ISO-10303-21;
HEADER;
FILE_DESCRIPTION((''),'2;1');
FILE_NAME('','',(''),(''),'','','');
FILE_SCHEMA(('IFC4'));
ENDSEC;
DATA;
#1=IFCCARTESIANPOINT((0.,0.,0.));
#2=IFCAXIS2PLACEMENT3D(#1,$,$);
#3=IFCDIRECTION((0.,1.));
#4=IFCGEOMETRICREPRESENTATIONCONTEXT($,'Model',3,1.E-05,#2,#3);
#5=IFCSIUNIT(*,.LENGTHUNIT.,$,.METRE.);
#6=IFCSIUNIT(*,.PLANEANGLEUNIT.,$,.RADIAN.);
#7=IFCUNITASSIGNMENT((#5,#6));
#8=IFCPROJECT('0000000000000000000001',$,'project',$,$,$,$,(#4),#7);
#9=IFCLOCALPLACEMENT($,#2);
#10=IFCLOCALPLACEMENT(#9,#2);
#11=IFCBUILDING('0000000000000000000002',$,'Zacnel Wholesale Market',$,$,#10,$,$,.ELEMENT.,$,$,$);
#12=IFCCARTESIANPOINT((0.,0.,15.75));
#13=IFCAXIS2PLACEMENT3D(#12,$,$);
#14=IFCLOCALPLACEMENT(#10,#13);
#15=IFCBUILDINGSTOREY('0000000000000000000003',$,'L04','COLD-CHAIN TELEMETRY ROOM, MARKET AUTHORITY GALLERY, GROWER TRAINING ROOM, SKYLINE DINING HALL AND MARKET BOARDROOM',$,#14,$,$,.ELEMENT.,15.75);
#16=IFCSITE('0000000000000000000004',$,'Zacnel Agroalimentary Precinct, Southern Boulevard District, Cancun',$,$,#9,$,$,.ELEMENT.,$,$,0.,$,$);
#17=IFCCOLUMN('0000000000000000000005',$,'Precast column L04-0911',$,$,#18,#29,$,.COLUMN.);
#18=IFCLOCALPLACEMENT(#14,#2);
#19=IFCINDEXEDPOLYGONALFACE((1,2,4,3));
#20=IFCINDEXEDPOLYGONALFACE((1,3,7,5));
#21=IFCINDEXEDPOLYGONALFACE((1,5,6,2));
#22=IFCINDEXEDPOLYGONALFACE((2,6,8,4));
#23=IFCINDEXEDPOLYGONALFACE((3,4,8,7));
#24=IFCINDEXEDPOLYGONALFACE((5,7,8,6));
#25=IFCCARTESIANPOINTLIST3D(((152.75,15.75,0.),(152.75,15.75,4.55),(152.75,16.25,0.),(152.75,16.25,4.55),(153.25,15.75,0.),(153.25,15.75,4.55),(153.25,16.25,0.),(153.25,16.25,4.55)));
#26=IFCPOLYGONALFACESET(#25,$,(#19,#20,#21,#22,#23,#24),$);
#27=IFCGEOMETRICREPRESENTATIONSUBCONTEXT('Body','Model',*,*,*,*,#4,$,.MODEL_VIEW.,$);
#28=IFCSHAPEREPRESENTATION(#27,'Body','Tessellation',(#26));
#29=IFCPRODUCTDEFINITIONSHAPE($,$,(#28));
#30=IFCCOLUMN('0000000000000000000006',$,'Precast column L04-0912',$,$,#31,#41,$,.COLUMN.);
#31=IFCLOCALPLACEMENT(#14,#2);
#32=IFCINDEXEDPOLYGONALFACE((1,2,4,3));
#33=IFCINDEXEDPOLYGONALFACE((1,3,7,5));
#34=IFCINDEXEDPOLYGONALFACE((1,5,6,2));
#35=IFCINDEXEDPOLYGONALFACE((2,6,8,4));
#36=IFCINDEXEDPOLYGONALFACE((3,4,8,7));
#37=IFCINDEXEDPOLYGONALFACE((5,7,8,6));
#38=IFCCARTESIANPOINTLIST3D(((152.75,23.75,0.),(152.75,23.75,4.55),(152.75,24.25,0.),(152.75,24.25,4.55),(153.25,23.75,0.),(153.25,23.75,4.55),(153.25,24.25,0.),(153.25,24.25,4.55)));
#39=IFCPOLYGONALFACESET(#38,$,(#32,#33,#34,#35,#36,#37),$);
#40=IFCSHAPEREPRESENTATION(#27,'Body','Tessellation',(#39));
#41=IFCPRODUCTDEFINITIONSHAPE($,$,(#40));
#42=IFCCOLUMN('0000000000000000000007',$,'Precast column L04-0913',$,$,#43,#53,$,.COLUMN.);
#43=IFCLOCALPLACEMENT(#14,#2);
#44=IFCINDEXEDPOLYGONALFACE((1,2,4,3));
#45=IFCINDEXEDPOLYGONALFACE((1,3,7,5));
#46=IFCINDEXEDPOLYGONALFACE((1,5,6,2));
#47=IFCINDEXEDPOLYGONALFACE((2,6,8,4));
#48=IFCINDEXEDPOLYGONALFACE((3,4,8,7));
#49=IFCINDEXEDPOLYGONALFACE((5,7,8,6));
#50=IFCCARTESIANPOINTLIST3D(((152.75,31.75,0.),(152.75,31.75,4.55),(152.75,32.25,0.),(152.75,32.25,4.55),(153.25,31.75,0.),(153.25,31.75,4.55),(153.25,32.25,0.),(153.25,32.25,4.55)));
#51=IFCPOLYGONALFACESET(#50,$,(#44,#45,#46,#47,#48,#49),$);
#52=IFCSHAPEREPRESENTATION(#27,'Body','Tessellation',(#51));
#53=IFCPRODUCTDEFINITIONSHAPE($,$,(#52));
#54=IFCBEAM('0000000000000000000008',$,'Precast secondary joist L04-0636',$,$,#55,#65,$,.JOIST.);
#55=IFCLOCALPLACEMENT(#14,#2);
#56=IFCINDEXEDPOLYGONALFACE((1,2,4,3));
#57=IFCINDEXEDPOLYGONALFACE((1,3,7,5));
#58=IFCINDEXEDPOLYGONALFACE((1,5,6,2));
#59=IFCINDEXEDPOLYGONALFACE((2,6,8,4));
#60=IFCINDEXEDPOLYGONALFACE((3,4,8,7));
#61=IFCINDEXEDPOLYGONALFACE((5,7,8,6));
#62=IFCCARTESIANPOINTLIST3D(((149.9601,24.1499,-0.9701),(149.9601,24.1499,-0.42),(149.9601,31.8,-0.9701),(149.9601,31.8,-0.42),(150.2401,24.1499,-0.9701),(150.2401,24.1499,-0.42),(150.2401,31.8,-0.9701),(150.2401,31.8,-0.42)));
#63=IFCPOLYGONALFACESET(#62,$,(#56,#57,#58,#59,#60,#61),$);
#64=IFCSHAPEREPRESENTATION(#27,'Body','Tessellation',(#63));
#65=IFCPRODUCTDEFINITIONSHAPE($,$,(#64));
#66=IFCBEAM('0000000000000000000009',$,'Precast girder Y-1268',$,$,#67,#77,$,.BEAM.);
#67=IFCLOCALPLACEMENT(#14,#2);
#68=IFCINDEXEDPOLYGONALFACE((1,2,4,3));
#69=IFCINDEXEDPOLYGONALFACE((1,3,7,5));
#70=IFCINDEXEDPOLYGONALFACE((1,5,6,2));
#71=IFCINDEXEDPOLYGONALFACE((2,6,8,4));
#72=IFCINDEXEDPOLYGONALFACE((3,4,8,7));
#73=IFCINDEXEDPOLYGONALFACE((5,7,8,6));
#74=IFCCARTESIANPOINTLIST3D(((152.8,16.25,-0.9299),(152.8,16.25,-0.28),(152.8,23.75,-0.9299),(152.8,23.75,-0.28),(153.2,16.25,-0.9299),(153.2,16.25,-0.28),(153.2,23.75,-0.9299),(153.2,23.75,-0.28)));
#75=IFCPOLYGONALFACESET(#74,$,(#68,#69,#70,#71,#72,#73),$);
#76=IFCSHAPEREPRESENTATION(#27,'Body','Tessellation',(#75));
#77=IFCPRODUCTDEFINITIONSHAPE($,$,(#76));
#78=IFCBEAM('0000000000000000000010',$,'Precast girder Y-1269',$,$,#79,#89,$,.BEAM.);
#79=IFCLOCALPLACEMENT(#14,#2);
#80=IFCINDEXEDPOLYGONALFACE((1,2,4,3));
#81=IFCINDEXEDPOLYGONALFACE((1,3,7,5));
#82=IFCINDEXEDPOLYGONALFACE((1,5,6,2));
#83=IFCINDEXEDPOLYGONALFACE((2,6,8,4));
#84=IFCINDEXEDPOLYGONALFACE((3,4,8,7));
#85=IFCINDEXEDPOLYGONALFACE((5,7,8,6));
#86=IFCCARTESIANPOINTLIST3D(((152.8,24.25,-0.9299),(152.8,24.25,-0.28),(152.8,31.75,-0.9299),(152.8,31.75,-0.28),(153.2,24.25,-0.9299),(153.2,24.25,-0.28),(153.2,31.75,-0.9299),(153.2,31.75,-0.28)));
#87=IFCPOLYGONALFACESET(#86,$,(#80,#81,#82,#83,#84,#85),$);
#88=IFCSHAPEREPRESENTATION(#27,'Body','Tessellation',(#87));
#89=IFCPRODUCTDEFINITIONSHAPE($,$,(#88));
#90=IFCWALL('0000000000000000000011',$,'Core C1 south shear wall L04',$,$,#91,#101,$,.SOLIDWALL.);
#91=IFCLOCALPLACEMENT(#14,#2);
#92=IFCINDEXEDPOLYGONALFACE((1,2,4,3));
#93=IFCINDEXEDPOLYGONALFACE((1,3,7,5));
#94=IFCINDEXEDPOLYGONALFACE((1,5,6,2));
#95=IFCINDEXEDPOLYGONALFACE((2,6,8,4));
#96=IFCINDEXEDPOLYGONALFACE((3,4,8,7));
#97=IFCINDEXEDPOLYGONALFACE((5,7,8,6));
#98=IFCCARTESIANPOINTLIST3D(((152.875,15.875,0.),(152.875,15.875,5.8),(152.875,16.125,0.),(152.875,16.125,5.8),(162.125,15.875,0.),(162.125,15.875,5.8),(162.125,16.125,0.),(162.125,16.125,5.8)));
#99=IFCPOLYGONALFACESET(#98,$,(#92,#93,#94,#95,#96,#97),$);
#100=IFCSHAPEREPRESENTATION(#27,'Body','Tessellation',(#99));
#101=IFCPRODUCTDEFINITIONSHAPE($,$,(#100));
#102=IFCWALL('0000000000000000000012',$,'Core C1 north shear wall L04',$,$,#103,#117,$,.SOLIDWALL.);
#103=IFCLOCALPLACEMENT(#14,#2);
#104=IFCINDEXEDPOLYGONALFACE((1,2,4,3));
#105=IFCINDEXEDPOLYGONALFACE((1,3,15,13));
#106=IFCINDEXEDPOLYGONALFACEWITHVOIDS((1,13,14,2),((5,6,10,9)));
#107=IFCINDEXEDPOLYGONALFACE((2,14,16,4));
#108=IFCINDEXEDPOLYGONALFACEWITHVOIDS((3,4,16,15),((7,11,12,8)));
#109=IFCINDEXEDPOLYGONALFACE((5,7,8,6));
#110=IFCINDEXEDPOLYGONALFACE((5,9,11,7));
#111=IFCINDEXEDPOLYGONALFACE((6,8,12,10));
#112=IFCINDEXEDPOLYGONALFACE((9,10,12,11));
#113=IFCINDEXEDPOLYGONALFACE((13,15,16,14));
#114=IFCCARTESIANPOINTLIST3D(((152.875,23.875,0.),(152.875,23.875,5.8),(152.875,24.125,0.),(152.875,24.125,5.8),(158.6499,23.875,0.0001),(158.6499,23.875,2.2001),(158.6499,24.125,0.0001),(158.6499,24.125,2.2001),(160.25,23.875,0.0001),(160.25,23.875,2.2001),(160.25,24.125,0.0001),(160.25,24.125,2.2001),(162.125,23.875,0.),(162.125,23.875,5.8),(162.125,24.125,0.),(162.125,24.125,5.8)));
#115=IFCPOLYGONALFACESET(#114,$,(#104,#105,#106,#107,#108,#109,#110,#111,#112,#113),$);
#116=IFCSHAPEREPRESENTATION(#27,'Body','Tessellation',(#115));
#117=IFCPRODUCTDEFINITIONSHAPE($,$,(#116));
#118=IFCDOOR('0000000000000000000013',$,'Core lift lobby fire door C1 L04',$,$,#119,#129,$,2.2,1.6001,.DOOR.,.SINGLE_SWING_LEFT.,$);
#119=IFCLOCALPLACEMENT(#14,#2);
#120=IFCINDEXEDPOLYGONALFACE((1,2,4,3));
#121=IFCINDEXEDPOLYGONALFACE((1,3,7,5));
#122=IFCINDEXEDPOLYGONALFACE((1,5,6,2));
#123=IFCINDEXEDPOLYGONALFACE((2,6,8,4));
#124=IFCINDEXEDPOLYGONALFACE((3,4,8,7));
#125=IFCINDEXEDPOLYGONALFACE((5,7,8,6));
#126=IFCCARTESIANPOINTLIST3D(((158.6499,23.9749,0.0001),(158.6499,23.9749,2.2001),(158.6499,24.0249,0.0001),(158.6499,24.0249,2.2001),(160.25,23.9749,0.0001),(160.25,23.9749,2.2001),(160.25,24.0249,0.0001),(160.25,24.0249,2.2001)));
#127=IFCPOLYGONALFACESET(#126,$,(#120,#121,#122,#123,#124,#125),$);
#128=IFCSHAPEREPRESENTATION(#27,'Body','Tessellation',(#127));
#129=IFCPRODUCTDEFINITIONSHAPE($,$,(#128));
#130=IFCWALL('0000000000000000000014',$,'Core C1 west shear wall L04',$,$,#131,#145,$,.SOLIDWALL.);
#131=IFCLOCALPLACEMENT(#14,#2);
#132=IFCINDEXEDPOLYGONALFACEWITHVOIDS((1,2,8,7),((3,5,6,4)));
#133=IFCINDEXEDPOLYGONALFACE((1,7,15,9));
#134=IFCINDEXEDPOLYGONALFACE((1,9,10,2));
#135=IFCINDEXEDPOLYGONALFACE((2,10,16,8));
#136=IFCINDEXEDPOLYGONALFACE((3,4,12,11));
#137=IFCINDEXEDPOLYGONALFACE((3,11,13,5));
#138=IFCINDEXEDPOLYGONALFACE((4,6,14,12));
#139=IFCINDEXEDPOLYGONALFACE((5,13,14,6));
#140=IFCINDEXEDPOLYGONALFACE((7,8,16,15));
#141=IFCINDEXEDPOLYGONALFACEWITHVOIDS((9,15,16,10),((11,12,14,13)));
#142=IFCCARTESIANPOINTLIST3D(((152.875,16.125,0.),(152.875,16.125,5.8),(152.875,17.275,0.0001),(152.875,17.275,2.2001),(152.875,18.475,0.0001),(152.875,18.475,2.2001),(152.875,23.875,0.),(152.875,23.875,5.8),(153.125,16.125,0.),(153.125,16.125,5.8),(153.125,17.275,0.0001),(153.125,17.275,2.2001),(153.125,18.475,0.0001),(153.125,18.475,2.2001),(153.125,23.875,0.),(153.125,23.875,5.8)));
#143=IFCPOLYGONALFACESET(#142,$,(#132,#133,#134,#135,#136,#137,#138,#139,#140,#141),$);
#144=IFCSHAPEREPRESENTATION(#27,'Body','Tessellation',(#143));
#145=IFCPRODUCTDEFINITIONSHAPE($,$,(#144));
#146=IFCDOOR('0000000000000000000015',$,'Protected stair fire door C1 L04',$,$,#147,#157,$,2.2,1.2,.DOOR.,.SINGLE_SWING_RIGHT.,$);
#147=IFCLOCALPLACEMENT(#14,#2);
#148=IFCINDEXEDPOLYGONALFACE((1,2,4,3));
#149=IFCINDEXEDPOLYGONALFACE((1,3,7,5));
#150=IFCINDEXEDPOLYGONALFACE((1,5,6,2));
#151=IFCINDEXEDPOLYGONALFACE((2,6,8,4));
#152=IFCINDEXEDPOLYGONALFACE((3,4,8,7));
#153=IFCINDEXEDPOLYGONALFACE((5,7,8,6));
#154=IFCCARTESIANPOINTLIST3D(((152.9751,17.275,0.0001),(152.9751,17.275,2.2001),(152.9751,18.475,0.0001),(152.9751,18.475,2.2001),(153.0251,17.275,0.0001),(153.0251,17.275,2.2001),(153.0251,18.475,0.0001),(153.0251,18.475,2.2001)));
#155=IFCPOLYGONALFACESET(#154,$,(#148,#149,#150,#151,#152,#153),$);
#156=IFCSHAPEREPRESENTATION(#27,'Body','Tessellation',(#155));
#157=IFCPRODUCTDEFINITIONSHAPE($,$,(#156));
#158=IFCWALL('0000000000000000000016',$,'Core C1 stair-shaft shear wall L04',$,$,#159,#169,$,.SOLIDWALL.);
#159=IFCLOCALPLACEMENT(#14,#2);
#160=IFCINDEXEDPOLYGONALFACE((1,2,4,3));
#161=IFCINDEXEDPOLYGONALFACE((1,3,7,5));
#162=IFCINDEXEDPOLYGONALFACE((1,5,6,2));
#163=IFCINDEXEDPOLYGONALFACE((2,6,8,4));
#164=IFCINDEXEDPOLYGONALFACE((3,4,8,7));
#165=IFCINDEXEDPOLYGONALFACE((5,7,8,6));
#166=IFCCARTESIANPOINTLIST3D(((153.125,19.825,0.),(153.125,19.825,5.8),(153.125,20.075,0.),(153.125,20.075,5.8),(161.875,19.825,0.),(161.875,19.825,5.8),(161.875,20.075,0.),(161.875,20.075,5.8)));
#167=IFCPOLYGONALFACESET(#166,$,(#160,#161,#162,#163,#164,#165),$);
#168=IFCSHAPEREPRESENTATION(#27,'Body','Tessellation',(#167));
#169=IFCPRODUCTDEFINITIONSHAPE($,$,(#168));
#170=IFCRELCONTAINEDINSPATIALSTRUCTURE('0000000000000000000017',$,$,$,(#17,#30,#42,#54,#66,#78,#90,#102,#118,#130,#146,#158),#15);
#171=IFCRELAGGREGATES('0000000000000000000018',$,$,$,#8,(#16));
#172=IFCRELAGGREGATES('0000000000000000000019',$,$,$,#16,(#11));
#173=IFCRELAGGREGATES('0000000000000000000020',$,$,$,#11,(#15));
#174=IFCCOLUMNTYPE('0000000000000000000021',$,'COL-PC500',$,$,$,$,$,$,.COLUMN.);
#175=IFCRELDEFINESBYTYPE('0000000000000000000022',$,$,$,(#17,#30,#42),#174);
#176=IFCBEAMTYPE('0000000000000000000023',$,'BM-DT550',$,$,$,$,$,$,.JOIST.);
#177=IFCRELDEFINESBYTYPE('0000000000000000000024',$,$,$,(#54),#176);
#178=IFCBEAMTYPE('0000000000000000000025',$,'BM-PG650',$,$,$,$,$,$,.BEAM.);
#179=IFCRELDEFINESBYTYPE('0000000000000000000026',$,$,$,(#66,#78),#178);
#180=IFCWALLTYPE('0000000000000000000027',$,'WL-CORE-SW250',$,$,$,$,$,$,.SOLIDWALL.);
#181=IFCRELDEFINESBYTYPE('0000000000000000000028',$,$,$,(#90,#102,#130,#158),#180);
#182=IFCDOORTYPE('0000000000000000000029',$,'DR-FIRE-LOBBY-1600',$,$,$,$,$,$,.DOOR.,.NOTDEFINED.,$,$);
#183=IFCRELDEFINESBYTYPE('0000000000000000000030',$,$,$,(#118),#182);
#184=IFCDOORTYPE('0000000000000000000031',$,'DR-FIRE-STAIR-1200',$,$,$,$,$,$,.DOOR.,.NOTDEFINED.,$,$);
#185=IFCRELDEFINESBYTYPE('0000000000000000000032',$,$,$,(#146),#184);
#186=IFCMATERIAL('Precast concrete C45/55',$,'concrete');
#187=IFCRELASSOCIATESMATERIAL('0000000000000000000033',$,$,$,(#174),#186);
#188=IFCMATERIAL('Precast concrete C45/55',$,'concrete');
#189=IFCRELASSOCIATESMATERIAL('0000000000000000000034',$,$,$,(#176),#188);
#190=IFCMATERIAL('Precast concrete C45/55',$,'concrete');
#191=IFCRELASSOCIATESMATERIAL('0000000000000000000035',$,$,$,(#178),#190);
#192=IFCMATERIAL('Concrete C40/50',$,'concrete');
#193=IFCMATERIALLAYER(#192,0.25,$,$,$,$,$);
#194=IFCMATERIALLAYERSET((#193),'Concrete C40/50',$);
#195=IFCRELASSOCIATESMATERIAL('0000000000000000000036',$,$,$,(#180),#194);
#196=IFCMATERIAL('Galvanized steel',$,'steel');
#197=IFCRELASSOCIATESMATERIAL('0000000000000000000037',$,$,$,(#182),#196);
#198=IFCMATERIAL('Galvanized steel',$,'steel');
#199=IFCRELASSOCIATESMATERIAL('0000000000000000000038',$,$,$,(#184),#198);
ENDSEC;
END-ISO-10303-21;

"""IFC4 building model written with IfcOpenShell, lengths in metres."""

from ifc_helpers import new_model, si_unit, direction, frame, frame_2d, origin, origin_2d, place, context, subcontext, project, spatial, rectangle, extrude, material, layer, layer_set, material_profile, profile_set, type_object, element, fill, save


model = new_model("IFC4")

# Units and contexts
model_context = context("Model", 3, precision=1e-05, world=origin(), true_north=direction((0.0, 1.0)))
body_context = subcontext(model_context, "Body", "Model", "MODEL_VIEW")
ifc_project = project(units=[si_unit("LENGTHUNIT", "METRE"), si_unit("PLANEANGLEUNIT", "RADIAN")], contexts=[model_context])

# Site, building, storey
site_placement = place(None, origin())
site = spatial("IfcSite", under=ifc_project, at=site_placement, Name="Zacnel Agroalimentary Precinct, Southern Boulevard District, Cancun", CompositionType="ELEMENT", RefElevation=0.0)
building_placement = place(site_placement, origin())
building = spatial("IfcBuilding", under=site, at=building_placement, Name="Zacnel Wholesale Market", CompositionType="ELEMENT")
storey_placement = place(building_placement, frame((0.0, 0.0, 15.75)))
storey = spatial("IfcBuildingStorey", under=building, at=storey_placement, Name="L04", Description="COLD-CHAIN TELEMETRY ROOM, MARKET AUTHORITY GALLERY, GROWER TRAINING ROOM, SKYLINE DINING HALL AND MARKET BOARDROOM", CompositionType="ELEMENT", Elevation=15.75)

# Columns
ifc_material_1 = material(Name="Precast concrete C45/55", Category="concrete")
ifc_material_profile_1 = material_profile(ifc_material_1, rectangle(XDim=0.5, YDim=0.5, at=origin_2d()), Name="PC 500x500")
ifc_profile_set_1 = profile_set([ifc_material_profile_1], Name="Precast concrete C45/55")
column_type = type_object("IfcColumnType", Name="COL-PC500", PredefinedType="COLUMN", material=ifc_profile_set_1)
for number, where, z_axis, x_axis, name in (
    (1, (153.0, 16.0, 0.0), (0.0, 0.0, 1.0), (1.0, 0.0, 0.0), "Precast column L04-0911"),
    (2, (153.0, 24.0, 0.0), (0.0, 0.0, 1.0), (1.0, 0.0, 0.0), "Precast column L04-0912"),
    (3, (153.0, 32.0, 0.0), (0.0, 0.0, 1.0), (1.0, 0.0, 0.0), "Precast column L04-0913"),
):
    element("IfcColumn", number, at=place(storey_placement, frame(where, z_axis=z_axis, x_axis=x_axis)), inside=storey, type_object=column_type, Name=name, PredefinedType="COLUMN", context=body_context, shape_type="SweptSolid", body=[
        extrude(rectangle(XDim=0.5, YDim=0.5, at=origin_2d()), origin(), (0.0, 0.0, 1.0), 4.55),
    ])

# Beams
ifc_material_2 = material(Name="Precast concrete C45/55", Category="concrete")
ifc_material_profile_2 = material_profile(ifc_material_2, rectangle(XDim=0.28, YDim=0.55, at=origin_2d()), Name="DT RIB 280x550")
ifc_profile_set_2 = profile_set([ifc_material_profile_2], Name="Precast concrete C45/55")
beam_type_1 = type_object("IfcBeamType", Name="BM-DT550", PredefinedType="JOIST", material=ifc_profile_set_2)
beam_placement = place(storey_placement, frame((150.1001, 24.1499, -0.6951), z_axis=(0.0, 1.0, 0.0), x_axis=(-1.0, 0.0, 0.0)))
element("IfcBeam", 4, at=beam_placement, inside=storey, type_object=beam_type_1, Name="Precast secondary joist L04-0636", PredefinedType="JOIST", context=body_context, shape_type="SweptSolid", body=[
    extrude(rectangle(XDim=0.28, YDim=0.55, at=origin_2d()), origin(), (0.0, 0.0, 1.0), 7.6501),
])
ifc_material_3 = material(Name="Precast concrete C45/55", Category="concrete")
ifc_material_profile_3 = material_profile(ifc_material_3, rectangle(XDim=0.3999, YDim=0.6499, at=origin_2d()), Name="PG 400x650")
ifc_profile_set_3 = profile_set([ifc_material_profile_3], Name="Precast concrete C45/55")
beam_type_2 = type_object("IfcBeamType", Name="BM-PG650", PredefinedType="BEAM", material=ifc_profile_set_3)
for number, where, z_axis, x_axis, name in (
    (5, (153.0, 16.25, -0.605), (0.0, 1.0, 0.0), (-1.0, 0.0, 0.0), "Precast girder Y-1268"),
    (6, (153.0, 24.25, -0.605), (0.0, 1.0, 0.0), (-1.0, 0.0, 0.0), "Precast girder Y-1269"),
):
    element("IfcBeam", number, at=place(storey_placement, frame(where, z_axis=z_axis, x_axis=x_axis)), inside=storey, type_object=beam_type_2, Name=name, PredefinedType="BEAM", context=body_context, shape_type="SweptSolid", body=[
        extrude(rectangle(XDim=0.3999, YDim=0.6499, at=origin_2d()), origin(), (0.0, 0.0, 1.0), 7.5),
    ])

# Wall
ifc_material_4 = material(Name="Concrete C40/50", Category="concrete")
ifc_layer_1 = layer(ifc_material_4, 0.25)
ifc_layer_set_1 = layer_set([ifc_layer_1], Name="Concrete C40/50")
wall_type_1 = type_object("IfcWallType", Name="WL-CORE-SW250", PredefinedType="SOLIDWALL", material=ifc_layer_set_1)
wall_1_placement = place(storey_placement, frame((152.875, 16.0, 0.0), z_axis=(0.0, 0.0, 1.0), x_axis=(1.0, 0.0, 0.0)))
element("IfcWall", 7, at=wall_1_placement, inside=storey, type_object=wall_type_1, Name="Core C1 south shear wall L04", PredefinedType="SOLIDWALL", context=body_context, shape_type="SweptSolid", body=[
    extrude(rectangle(XDim=9.25, YDim=0.25, at=frame_2d((4.625, 0.0))), origin(), (0.0, 0.0, 1.0), 5.8),
])

# Walls, openings, doors
wall_2_placement = place(storey_placement, frame((152.875, 24.0, 0.0), z_axis=(0.0, 0.0, 1.0), x_axis=(1.0, 0.0, 0.0)))
wall_2 = element("IfcWall", 8, at=wall_2_placement, inside=storey, type_object=wall_type_1, Name="Core C1 north shear wall L04", PredefinedType="SOLIDWALL", context=body_context, shape_type="SweptSolid", body=[
    extrude(rectangle(XDim=9.25, YDim=0.25, at=frame_2d((4.625, 0.0))), origin(), (0.0, 0.0, 1.0), 5.8),
])
opening_1_placement = place(wall_2_placement, frame((5.7749, 0.0, 0.0)))
opening_1 = element("IfcOpeningElement", 9, at=opening_1_placement, cuts=wall_2, PredefinedType="OPENING", context=body_context, shape_type="SweptSolid", body=[
    extrude(rectangle(XDim=1.6001, YDim=2.2, at=frame_2d((0.8, 1.1001))), frame((0.0, 0.135, 0.0), z_axis=(0.0, -1.0, 0.0), x_axis=(1.0, 0.0, 0.0)), (0.0, 0.0, 1.0), 0.27),
])
ifc_material_5 = material(Name="Galvanized steel", Category="steel")
door_type_1 = type_object("IfcDoorType", Name="DR-FIRE-LOBBY-1600", OperationType="NOTDEFINED", PredefinedType="DOOR", material=ifc_material_5)
door_1_placement = place(opening_1_placement, origin())
door_1 = element("IfcDoor", 10, at=door_1_placement, inside=storey, type_object=door_type_1, Name="Core lift lobby fire door C1 L04", OperationType="SINGLE_SWING_LEFT", OverallHeight=2.2, OverallWidth=1.6001, PredefinedType="DOOR", context=body_context, shape_type="SweptSolid", body=[
    extrude(rectangle(XDim=1.6001, YDim=2.2, at=frame_2d((0.8, 1.1001))), frame((0.0, 0.0249, 0.0), z_axis=(0.0, -1.0, 0.0), x_axis=(1.0, 0.0, 0.0)), (0.0, 0.0, 1.0), 0.05),
])
fill(opening_1, door_1)
wall_3_placement = place(storey_placement, frame((153.0, 16.125, 0.0), z_axis=(0.0, 0.0, 1.0), x_axis=(0.0, 1.0, 0.0)))
wall_3 = element("IfcWall", 11, at=wall_3_placement, inside=storey, type_object=wall_type_1, Name="Core C1 west shear wall L04", PredefinedType="SOLIDWALL", context=body_context, shape_type="SweptSolid", body=[
    extrude(rectangle(XDim=7.75, YDim=0.25, at=frame_2d((3.875, 0.0))), origin(), (0.0, 0.0, 1.0), 5.8),
])
opening_2_placement = place(wall_3_placement, frame((1.1499, 0.0, 0.0)))
opening_2 = element("IfcOpeningElement", 12, at=opening_2_placement, cuts=wall_3, PredefinedType="OPENING", context=body_context, shape_type="SweptSolid", body=[
    extrude(rectangle(XDim=1.2, YDim=2.2, at=frame_2d((0.6001, 1.1001))), frame((0.0, 0.135, 0.0), z_axis=(0.0, -1.0, 0.0), x_axis=(1.0, 0.0, 0.0)), (0.0, 0.0, 1.0), 0.27),
])
ifc_material_6 = material(Name="Galvanized steel", Category="steel")
door_type_2 = type_object("IfcDoorType", Name="DR-FIRE-STAIR-1200", OperationType="NOTDEFINED", PredefinedType="DOOR", material=ifc_material_6)
door_2_placement = place(opening_2_placement, origin())
door_2 = element("IfcDoor", 13, at=door_2_placement, inside=storey, type_object=door_type_2, Name="Protected stair fire door C1 L04", OperationType="SINGLE_SWING_RIGHT", OverallHeight=2.2, OverallWidth=1.2, PredefinedType="DOOR", context=body_context, shape_type="SweptSolid", body=[
    extrude(rectangle(XDim=1.2, YDim=2.2, at=frame_2d((0.6001, 1.1001))), frame((0.0, 0.0249, 0.0), z_axis=(0.0, -1.0, 0.0), x_axis=(1.0, 0.0, 0.0)), (0.0, 0.0, 1.0), 0.05),
])
fill(opening_2, door_2)

# Wall
wall_4_placement = place(storey_placement, frame((153.125, 19.95, 0.0), z_axis=(0.0, 0.0, 1.0), x_axis=(1.0, 0.0, 0.0)))
element("IfcWall", 14, at=wall_4_placement, inside=storey, type_object=wall_type_1, Name="Core C1 stair-shaft shear wall L04", PredefinedType="SOLIDWALL", context=body_context, shape_type="SweptSolid", body=[
    extrude(rectangle(XDim=8.75, YDim=0.25, at=frame_2d((4.375, 0.0))), origin(), (0.0, 0.0, 1.0), 5.8),
])

save(model, "model.ifc")
